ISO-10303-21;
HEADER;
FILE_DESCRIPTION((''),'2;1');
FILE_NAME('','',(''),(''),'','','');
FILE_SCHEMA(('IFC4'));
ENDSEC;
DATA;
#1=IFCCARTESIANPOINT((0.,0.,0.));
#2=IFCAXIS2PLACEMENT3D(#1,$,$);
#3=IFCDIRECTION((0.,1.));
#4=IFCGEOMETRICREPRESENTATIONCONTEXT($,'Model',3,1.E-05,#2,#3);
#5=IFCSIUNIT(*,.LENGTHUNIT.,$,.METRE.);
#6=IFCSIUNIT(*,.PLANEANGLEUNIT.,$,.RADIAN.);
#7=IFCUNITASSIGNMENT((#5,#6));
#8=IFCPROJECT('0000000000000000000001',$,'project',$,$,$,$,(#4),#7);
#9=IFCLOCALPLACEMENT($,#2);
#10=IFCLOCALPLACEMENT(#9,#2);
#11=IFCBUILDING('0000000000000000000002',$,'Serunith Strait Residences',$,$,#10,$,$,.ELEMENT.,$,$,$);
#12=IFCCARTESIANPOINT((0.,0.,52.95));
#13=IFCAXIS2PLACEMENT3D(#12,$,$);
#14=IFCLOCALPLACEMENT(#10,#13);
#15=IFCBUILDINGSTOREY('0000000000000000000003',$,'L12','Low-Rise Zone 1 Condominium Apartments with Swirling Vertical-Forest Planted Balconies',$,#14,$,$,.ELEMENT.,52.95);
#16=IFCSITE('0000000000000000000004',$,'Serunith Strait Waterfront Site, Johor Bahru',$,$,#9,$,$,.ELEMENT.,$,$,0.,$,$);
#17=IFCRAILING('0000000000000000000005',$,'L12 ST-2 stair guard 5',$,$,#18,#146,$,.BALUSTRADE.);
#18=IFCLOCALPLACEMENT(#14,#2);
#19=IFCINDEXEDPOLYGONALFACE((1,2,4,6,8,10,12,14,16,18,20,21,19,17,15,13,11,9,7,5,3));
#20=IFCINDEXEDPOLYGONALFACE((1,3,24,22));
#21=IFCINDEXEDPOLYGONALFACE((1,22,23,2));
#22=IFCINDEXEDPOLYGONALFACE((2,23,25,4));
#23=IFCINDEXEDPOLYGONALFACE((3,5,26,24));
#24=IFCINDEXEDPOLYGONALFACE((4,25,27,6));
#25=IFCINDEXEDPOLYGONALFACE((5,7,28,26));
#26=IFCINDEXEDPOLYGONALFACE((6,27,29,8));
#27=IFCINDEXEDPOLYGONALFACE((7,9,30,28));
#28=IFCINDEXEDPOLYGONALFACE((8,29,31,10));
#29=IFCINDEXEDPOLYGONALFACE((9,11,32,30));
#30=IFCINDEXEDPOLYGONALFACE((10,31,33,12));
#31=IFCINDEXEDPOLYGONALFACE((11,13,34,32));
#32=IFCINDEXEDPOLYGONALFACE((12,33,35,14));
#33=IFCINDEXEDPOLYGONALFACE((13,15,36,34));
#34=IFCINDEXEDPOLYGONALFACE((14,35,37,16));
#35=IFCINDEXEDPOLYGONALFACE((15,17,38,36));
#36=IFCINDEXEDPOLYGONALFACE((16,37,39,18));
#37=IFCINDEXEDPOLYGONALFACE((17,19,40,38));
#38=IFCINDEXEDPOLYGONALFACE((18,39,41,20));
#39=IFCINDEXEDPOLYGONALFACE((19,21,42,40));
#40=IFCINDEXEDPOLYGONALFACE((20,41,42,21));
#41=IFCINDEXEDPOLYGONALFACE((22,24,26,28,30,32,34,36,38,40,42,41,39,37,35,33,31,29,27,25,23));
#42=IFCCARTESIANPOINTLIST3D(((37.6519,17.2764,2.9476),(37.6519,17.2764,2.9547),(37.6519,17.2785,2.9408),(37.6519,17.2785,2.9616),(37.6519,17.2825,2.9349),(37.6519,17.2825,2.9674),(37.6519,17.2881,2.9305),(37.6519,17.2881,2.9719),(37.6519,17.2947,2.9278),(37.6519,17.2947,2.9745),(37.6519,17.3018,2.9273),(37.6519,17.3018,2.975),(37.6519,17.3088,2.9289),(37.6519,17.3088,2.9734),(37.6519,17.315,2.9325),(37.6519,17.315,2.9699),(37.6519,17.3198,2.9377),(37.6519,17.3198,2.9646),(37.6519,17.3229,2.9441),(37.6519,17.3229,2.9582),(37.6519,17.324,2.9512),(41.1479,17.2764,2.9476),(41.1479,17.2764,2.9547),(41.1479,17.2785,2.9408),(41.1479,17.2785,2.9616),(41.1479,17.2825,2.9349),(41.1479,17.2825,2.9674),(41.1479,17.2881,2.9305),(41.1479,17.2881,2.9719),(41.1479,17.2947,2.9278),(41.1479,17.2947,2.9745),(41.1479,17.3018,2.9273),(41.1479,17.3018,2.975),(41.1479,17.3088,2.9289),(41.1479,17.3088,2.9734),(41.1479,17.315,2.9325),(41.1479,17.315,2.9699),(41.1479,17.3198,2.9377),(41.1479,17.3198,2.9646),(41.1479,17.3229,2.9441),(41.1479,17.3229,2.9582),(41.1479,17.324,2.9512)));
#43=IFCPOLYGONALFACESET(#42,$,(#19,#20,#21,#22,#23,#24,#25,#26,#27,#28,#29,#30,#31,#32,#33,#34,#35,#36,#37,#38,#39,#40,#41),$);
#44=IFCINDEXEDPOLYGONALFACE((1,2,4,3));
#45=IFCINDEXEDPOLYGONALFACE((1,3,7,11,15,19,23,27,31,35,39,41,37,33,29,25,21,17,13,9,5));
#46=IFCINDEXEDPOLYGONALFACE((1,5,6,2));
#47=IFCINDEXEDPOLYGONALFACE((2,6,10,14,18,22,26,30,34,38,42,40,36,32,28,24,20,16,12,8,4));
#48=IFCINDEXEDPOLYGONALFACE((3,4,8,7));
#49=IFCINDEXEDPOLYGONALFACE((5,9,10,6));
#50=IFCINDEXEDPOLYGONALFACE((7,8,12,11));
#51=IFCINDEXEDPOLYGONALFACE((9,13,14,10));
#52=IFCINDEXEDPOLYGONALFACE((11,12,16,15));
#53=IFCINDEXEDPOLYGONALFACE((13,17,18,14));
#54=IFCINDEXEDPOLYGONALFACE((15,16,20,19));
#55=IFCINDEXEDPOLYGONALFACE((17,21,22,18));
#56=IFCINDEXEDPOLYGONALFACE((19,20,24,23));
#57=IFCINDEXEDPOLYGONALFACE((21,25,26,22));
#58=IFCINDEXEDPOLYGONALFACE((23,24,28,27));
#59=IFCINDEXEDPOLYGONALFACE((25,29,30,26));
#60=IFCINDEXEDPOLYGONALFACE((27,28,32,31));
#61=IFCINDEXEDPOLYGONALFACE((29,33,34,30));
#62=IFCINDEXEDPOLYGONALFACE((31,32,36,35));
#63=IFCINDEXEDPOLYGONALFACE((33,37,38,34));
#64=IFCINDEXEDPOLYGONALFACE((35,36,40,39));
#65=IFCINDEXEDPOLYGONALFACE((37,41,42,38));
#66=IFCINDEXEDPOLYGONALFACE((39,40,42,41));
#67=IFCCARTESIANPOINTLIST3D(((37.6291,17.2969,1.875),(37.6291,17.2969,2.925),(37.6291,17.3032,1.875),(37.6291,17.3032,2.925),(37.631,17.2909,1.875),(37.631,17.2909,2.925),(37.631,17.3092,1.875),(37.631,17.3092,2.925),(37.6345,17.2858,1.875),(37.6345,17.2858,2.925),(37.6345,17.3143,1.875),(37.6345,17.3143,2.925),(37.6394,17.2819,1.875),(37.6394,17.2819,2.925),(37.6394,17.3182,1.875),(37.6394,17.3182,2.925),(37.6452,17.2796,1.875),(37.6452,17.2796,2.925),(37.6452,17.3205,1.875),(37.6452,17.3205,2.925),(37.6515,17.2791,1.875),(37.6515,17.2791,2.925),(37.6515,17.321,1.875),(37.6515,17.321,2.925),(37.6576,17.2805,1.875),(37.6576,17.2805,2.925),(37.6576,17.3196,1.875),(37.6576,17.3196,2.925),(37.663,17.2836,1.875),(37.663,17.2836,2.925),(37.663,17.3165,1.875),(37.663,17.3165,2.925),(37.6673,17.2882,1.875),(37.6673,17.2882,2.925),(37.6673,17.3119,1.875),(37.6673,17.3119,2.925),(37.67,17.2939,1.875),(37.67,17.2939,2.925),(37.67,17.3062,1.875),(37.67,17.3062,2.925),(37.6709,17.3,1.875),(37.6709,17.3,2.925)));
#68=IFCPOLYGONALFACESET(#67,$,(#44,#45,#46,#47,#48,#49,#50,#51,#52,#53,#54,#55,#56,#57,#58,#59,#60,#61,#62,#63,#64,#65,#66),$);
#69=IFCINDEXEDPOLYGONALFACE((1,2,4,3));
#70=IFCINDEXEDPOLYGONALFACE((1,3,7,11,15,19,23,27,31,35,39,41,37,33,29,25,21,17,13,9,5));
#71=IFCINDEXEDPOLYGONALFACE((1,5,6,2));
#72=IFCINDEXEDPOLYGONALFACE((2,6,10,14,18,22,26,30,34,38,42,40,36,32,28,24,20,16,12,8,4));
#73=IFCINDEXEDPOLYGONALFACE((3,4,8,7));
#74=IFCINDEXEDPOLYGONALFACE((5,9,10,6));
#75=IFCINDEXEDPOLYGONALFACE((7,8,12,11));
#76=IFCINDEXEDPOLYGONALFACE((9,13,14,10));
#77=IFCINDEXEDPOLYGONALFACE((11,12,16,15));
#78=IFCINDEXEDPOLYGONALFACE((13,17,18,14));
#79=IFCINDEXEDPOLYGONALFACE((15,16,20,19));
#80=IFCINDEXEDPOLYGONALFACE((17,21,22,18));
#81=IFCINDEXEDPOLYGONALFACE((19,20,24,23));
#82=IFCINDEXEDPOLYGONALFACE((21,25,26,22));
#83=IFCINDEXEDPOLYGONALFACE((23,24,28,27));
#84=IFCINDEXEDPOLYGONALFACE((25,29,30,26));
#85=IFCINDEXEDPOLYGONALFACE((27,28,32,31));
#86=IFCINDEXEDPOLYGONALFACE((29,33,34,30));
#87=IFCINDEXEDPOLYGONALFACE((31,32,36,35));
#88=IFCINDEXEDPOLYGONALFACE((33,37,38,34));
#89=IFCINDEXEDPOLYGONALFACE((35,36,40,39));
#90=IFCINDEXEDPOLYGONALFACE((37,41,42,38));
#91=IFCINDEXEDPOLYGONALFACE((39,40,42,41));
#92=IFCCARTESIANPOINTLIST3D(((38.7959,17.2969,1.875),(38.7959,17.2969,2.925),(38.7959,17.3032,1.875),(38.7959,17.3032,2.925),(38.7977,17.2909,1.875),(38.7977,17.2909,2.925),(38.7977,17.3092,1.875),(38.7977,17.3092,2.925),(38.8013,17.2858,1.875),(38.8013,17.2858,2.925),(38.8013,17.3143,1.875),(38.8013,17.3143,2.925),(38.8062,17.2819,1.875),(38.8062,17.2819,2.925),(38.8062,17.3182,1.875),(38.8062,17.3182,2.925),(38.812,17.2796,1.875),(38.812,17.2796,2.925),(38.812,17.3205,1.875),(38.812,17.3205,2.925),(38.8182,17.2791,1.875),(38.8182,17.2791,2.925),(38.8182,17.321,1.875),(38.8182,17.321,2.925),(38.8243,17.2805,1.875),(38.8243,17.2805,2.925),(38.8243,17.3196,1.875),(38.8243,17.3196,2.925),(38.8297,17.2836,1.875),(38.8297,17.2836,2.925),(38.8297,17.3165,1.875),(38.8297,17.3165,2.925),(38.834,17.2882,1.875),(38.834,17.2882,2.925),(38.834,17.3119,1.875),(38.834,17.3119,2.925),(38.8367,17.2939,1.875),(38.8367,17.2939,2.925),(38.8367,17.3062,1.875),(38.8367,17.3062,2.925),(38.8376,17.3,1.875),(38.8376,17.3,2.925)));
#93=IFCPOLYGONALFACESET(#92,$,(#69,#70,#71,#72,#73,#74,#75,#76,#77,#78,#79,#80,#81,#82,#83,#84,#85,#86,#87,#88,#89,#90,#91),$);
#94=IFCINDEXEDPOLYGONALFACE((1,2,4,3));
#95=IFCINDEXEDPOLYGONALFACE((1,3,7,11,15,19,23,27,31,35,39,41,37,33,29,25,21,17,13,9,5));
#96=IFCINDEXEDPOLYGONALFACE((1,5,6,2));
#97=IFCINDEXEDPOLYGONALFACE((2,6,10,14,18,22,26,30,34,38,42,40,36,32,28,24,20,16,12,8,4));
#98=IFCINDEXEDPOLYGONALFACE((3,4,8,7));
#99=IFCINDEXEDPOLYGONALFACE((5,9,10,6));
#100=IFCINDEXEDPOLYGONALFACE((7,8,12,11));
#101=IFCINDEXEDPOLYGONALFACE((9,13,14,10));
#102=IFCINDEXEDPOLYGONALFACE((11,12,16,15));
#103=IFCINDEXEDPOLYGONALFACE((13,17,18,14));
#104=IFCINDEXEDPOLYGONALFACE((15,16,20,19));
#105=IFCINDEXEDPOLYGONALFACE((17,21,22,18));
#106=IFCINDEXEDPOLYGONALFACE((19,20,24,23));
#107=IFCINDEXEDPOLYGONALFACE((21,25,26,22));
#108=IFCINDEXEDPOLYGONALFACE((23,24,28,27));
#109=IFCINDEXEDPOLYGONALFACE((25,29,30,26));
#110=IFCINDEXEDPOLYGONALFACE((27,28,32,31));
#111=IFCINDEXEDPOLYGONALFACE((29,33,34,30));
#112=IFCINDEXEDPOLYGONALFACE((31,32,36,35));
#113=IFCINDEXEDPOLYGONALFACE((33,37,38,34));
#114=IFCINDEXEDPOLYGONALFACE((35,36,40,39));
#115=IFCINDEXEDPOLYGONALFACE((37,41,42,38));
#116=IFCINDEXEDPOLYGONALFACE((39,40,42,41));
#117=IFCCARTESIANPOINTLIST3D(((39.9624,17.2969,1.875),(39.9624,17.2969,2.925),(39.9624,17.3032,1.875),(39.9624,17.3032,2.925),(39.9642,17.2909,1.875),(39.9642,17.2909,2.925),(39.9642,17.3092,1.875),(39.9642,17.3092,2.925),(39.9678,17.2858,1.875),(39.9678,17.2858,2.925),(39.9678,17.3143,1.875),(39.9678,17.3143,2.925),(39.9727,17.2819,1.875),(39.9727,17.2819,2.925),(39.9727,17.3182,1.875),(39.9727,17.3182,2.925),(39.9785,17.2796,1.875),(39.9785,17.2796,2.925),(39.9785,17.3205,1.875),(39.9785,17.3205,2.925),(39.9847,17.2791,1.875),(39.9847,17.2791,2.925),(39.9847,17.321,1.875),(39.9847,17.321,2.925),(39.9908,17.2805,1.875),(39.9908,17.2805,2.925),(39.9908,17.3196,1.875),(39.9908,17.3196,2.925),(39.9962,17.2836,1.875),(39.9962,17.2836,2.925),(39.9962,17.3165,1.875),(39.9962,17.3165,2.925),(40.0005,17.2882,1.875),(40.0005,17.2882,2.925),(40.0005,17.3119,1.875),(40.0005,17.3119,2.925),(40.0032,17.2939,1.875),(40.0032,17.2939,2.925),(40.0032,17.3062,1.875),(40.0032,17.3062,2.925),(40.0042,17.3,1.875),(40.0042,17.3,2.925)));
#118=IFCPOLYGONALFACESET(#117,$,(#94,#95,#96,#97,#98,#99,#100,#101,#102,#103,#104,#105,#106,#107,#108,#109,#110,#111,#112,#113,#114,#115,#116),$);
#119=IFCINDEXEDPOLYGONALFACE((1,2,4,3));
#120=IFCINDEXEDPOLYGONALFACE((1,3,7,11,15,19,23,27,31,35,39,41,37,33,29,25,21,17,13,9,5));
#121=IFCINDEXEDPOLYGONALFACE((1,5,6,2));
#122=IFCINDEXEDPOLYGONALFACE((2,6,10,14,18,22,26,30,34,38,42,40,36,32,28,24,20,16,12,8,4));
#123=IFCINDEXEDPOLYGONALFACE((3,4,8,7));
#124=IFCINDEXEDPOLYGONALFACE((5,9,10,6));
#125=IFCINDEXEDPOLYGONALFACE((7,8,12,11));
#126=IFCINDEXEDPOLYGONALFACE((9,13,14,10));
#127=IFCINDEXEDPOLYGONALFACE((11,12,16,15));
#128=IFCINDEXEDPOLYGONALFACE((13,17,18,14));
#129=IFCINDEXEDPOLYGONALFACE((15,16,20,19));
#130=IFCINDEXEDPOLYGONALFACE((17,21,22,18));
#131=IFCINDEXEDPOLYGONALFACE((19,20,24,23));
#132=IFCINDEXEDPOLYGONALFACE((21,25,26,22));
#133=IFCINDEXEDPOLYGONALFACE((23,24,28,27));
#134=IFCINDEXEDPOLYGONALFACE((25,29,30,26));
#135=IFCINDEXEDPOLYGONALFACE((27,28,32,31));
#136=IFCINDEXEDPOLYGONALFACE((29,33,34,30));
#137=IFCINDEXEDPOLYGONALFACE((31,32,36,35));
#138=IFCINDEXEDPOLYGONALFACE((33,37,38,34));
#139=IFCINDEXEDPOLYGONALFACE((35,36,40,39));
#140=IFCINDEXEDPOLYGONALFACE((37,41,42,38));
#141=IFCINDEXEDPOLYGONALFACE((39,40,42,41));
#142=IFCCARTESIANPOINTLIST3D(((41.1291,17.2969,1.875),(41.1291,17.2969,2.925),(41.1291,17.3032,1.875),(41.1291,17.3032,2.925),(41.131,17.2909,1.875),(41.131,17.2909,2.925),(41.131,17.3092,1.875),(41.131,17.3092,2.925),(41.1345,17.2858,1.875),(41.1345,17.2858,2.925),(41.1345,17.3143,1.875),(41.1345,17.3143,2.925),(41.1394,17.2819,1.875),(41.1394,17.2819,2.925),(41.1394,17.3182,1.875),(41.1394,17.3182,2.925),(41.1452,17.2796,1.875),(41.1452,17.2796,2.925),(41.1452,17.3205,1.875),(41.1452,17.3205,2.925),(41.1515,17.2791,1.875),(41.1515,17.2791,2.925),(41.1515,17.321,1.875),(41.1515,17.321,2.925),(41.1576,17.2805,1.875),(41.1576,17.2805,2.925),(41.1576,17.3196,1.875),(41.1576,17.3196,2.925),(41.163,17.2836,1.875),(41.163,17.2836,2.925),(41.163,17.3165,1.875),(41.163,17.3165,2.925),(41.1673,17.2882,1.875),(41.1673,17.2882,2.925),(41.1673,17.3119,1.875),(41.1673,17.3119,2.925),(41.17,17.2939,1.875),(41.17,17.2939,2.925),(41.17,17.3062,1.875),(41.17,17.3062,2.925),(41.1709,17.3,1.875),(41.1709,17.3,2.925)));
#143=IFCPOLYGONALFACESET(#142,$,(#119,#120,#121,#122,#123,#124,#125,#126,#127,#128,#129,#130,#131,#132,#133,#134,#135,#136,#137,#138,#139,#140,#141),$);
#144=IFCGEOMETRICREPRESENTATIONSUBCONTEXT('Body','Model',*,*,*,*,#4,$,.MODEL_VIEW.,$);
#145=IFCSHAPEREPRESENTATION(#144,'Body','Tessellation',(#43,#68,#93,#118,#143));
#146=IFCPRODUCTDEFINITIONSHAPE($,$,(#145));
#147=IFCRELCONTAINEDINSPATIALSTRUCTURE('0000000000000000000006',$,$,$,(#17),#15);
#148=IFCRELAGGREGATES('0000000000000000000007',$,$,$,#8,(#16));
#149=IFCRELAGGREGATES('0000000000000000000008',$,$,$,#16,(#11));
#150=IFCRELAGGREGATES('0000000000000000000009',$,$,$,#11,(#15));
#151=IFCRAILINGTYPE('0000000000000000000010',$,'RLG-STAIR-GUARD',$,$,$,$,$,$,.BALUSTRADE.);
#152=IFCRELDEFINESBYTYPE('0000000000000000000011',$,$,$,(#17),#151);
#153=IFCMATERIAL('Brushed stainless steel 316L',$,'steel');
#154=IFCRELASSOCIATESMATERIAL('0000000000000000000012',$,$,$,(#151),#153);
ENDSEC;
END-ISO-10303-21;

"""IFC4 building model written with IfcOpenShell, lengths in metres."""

from ifc_helpers import new_model, si_unit, direction, frame, origin, origin_2d, place, context, subcontext, project, spatial, circle, extrude, material, type_object, element, save


model = new_model("IFC4")

# Units and contexts
model_context = context("Model", 3, precision=1e-05, world=origin(), true_north=direction((0.0, 1.0)))
body_context = subcontext(model_context, "Body", "Model", "MODEL_VIEW")
ifc_project = project(units=[si_unit("LENGTHUNIT", "METRE"), si_unit("PLANEANGLEUNIT", "RADIAN")], contexts=[model_context])

# Site, building, storey
site_placement = place(None, origin())
site = spatial("IfcSite", under=ifc_project, at=site_placement, Name="Serunith Strait Waterfront Site, Johor Bahru", CompositionType="ELEMENT", RefElevation=0.0)
building_placement = place(site_placement, origin())
building = spatial("IfcBuilding", under=site, at=building_placement, Name="Serunith Strait Residences", CompositionType="ELEMENT")
storey_placement = place(building_placement, frame((0.0, 0.0, 52.95)))
storey = spatial("IfcBuildingStorey", under=building, at=storey_placement, Name="L12", Description="Low-Rise Zone 1 Condominium Apartments with Swirling Vertical-Forest Planted Balconies", CompositionType="ELEMENT", Elevation=52.95)

# Railing
ifc_material_1 = material(Name="Brushed stainless steel 316L", Category="steel")
railing_type_1 = type_object("IfcRailingType", Name="RLG-STAIR-GUARD", PredefinedType="BALUSTRADE", material=ifc_material_1)
railing_1_placement = place(storey_placement, frame((37.6499, 17.3, 1.875)))
element("IfcRailing", 1, at=railing_1_placement, inside=storey, type_object=railing_type_1, Name="L12 ST-2 stair guard 5", PredefinedType="BALUSTRADE", context=body_context, shape_type="SweptSolid", body=[
    extrude(circle(Radius=0.0239, at=origin_2d()), frame((0.002, 0.0, 1.0762), z_axis=(1.0, 0.0, 0.0), x_axis=(0.0, 1.0, 0.0)), (0.0, 0.0, 1.0), 3.4961),
    extrude(circle(Radius=0.021, at=origin_2d()), origin(), (0.0, 0.0, 1.0), 1.05),
    extrude(circle(Radius=0.021, at=origin_2d()), frame((1.1667, 0.0, 0.0)), (0.0, 0.0, 1.0), 1.05),
    extrude(circle(Radius=0.021, at=origin_2d()), frame((2.3333, 0.0, 0.0)), (0.0, 0.0, 1.0), 1.05),
    extrude(circle(Radius=0.021, at=origin_2d()), frame((3.5, 0.0, 0.0)), (0.0, 0.0, 1.0), 1.05),
])

save(model, "model.ifc")
